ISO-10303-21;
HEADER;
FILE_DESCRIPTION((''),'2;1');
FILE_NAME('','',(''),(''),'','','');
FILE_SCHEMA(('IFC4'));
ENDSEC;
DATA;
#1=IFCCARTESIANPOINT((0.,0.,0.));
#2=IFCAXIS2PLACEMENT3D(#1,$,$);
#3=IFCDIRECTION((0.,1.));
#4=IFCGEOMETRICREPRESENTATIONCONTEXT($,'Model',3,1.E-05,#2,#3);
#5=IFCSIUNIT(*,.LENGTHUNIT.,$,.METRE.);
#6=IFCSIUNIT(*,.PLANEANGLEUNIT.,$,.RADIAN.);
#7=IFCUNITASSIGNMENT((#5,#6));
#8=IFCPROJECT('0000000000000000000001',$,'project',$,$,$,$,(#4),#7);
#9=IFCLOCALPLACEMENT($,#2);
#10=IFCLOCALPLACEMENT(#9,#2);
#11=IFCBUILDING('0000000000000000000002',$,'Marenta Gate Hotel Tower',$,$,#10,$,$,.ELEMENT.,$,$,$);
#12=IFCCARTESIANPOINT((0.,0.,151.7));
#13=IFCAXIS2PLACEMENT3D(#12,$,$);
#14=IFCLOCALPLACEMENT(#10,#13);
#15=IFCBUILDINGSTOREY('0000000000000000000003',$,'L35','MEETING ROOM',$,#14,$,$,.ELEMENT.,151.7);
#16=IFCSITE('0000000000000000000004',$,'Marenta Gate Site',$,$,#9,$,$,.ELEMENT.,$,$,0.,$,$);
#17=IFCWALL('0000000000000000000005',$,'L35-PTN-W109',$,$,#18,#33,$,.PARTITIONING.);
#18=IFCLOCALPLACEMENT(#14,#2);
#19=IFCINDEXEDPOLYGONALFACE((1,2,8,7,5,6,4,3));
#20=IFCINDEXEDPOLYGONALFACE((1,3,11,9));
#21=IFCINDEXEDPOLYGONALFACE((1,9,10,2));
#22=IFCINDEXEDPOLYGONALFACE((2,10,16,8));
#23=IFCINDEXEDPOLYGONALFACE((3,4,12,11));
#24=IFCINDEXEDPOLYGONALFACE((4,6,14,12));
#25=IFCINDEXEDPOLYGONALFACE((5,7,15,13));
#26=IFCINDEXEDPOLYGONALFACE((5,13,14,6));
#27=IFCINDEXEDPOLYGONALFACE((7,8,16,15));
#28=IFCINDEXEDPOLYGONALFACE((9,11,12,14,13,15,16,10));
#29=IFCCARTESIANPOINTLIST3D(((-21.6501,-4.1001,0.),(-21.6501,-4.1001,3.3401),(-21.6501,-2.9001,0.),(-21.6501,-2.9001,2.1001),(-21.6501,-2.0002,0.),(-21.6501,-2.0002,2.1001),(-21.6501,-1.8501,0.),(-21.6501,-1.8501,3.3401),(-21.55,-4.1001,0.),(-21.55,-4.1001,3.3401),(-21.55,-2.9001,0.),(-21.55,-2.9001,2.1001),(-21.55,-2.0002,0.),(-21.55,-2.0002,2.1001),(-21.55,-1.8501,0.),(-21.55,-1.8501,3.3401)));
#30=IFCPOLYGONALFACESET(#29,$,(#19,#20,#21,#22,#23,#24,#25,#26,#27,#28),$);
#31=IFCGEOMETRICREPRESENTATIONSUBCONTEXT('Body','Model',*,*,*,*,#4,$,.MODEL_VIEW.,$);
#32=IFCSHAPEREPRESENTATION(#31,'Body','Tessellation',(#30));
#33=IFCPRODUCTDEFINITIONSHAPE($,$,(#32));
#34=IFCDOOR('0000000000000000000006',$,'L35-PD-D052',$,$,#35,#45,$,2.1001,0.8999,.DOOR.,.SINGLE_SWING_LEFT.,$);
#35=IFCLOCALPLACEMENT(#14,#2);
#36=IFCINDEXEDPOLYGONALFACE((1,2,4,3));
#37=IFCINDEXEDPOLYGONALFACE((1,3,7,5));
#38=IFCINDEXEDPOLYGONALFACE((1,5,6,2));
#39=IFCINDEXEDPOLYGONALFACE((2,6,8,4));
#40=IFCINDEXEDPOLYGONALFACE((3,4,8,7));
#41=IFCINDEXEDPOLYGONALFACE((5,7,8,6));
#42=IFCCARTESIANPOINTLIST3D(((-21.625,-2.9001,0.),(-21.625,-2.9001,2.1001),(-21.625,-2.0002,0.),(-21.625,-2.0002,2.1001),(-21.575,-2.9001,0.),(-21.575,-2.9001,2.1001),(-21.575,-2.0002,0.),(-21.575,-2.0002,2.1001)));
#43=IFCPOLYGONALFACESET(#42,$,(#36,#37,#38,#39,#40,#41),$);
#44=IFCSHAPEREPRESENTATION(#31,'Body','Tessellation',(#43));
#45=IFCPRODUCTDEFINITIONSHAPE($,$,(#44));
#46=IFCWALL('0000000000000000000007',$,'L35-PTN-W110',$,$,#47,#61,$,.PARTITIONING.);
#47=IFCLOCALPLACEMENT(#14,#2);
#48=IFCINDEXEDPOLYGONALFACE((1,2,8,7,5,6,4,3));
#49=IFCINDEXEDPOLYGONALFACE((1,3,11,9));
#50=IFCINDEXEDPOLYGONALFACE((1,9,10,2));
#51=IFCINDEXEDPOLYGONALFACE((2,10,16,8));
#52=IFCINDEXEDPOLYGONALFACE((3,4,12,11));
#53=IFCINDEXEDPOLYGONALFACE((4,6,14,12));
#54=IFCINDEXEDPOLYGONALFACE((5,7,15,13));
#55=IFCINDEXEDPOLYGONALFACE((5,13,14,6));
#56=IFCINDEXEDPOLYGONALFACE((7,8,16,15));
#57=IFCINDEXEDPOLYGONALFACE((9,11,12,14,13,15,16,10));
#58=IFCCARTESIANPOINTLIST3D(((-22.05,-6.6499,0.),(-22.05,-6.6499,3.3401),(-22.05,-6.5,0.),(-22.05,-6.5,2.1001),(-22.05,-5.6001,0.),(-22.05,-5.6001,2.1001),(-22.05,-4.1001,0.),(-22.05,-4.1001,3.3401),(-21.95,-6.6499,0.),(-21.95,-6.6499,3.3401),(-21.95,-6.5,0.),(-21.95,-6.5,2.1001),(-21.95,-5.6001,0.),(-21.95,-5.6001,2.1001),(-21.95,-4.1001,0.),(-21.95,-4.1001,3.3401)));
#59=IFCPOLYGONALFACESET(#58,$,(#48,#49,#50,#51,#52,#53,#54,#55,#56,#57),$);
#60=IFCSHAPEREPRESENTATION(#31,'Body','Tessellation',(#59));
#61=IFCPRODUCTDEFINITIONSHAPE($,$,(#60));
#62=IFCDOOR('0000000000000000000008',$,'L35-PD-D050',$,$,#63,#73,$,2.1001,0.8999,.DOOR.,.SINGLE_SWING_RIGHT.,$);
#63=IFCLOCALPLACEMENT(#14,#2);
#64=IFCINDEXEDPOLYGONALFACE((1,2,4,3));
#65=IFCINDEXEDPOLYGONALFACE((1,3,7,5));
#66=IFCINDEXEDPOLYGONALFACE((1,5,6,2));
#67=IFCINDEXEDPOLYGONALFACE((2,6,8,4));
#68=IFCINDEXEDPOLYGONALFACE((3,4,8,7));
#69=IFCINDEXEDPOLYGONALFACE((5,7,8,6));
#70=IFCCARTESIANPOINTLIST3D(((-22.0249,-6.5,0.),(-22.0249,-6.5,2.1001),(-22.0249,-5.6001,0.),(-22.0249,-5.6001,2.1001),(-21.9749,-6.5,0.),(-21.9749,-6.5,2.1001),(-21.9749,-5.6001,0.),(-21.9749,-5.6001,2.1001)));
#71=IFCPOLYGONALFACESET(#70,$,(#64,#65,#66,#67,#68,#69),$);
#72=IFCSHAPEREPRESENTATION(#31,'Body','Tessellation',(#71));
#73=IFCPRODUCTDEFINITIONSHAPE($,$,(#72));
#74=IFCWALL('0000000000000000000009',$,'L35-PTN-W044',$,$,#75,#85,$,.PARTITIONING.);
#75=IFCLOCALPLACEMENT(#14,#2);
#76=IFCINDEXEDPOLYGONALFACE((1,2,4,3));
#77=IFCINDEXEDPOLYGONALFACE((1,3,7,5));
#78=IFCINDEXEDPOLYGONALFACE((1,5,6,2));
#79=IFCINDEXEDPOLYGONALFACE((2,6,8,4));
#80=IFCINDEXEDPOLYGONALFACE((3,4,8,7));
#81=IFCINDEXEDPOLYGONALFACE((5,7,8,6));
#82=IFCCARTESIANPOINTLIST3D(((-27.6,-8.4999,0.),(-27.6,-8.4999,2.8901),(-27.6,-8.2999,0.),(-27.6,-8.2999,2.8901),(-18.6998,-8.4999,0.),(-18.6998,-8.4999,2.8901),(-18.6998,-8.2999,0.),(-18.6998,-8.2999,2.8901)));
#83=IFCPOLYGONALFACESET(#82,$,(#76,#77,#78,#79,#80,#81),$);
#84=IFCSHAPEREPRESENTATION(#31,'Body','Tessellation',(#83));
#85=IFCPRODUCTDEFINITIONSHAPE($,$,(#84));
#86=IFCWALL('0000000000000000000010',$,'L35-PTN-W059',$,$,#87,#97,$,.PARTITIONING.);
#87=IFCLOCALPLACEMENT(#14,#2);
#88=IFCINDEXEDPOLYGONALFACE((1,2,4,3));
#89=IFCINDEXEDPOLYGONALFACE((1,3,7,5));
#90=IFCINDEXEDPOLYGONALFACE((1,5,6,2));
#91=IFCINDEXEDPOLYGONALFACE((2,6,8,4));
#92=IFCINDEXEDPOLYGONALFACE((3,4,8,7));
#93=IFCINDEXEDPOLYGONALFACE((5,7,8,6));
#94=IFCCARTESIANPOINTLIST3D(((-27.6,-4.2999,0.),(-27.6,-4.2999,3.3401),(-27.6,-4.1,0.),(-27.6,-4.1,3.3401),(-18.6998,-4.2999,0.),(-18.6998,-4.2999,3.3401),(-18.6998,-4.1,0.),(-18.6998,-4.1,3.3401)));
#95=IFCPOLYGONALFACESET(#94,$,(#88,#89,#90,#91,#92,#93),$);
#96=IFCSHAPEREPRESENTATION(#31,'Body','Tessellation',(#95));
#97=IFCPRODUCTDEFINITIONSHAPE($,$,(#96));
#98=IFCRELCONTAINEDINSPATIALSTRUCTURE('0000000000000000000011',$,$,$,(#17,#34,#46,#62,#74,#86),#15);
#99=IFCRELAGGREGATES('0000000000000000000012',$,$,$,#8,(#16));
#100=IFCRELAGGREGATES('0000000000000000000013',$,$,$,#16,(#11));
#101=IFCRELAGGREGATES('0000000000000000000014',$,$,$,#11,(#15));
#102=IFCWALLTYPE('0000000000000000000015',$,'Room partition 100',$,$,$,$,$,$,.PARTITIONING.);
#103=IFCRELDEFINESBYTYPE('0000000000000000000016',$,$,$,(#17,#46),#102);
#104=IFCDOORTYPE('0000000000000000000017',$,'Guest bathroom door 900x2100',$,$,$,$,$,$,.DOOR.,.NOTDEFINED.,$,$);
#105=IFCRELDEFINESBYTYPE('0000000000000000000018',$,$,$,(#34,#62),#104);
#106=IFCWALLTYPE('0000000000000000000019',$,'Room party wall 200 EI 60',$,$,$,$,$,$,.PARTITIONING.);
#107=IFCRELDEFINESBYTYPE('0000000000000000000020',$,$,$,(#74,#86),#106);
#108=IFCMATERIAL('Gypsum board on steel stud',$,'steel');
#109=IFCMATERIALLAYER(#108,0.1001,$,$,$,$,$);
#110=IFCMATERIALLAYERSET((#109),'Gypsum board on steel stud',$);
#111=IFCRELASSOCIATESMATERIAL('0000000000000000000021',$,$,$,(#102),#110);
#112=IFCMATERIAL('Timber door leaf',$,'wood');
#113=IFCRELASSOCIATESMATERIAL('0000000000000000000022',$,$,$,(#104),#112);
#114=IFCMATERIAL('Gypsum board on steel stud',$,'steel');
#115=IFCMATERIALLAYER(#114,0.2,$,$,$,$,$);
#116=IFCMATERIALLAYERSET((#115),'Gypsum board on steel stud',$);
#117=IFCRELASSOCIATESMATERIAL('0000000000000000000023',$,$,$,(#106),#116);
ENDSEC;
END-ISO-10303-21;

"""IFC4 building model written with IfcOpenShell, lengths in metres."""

from ifc_helpers import new_model, si_unit, direction, frame, frame_2d, origin, place, context, subcontext, project, spatial, rectangle, extrude, material, layer, layer_set, type_object, element, fill, save


model = new_model("IFC4")

# Units and contexts
model_context = context("Model", 3, precision=1e-05, world=origin(), true_north=direction((0.0, 1.0)))
body_context = subcontext(model_context, "Body", "Model", "MODEL_VIEW")
ifc_project = project(units=[si_unit("LENGTHUNIT", "METRE"), si_unit("PLANEANGLEUNIT", "RADIAN")], contexts=[model_context])

# Site, building, storey
site_placement = place(None, origin())
site = spatial("IfcSite", under=ifc_project, at=site_placement, Name="Marenta Gate Site", CompositionType="ELEMENT", RefElevation=0.0)
building_placement = place(site_placement, origin())
building = spatial("IfcBuilding", under=site, at=building_placement, Name="Marenta Gate Hotel Tower", CompositionType="ELEMENT")
storey_placement = place(building_placement, frame((0.0, 0.0, 151.7)))
storey = spatial("IfcBuildingStorey", under=building, at=storey_placement, Name="L35", Description="MEETING ROOM", CompositionType="ELEMENT", Elevation=151.7)

# Shared definitions
ifc_material_1 = material(Name="Gypsum board on steel stud", Category="steel")
ifc_layer_1 = layer(ifc_material_1, 0.1001)
ifc_layer_set_1 = layer_set([ifc_layer_1], Name="Gypsum board on steel stud")
wall_type_1 = type_object("IfcWallType", Name="Room partition 100", PredefinedType="PARTITIONING", material=ifc_layer_set_1)

# Walls, openings, doors
wall_1_placement = place(storey_placement, frame((-21.6001, -4.1001, 0.0), z_axis=(0.0, 0.0, 1.0), x_axis=(0.0, 1.0, 0.0)))
wall_1 = element("IfcWall", 1, at=wall_1_placement, inside=storey, type_object=wall_type_1, Name="L35-PTN-W109", PredefinedType="PARTITIONING", context=body_context, shape_type="SweptSolid", body=[
    extrude(rectangle(XDim=2.25, YDim=0.1001, at=frame_2d((1.125, 0.0))), origin(), (0.0, 0.0, 1.0), 3.3401),
])
opening_1_placement = place(wall_1_placement, frame((1.2, 0.0, 0.0)))
opening_1 = element("IfcOpeningElement", 2, at=opening_1_placement, cuts=wall_1, PredefinedType="OPENING", context=body_context, shape_type="SweptSolid", body=[
    extrude(rectangle(XDim=0.8999, YDim=2.1001, at=frame_2d((0.45, 1.05))), frame((0.0, 0.05, 0.0), z_axis=(0.0, -1.0, 0.0), x_axis=(1.0, 0.0, 0.0)), (0.0, 0.0, 1.0), 0.1001),
])
ifc_material_2 = material(Name="Timber door leaf", Category="wood")
door_type = type_object("IfcDoorType", Name="Guest bathroom door 900x2100", OperationType="NOTDEFINED", PredefinedType="DOOR", material=ifc_material_2)
door_1_placement = place(opening_1_placement, origin())
door_1 = element("IfcDoor", 3, at=door_1_placement, inside=storey, type_object=door_type, Name="L35-PD-D052", OperationType="SINGLE_SWING_LEFT", OverallHeight=2.1001, OverallWidth=0.8999, PredefinedType="DOOR", context=body_context, shape_type="SweptSolid", body=[
    extrude(rectangle(XDim=0.8999, YDim=2.1001, at=frame_2d((0.45, 1.05))), frame((0.0, 0.0249, 0.0), z_axis=(0.0, -1.0, 0.0), x_axis=(1.0, 0.0, 0.0)), (0.0, 0.0, 1.0), 0.05),
])
fill(opening_1, door_1)
wall_2_placement = place(storey_placement, frame((-22.0, -6.6499, 0.0), z_axis=(0.0, 0.0, 1.0), x_axis=(0.0, 1.0, 0.0)))
wall_2 = element("IfcWall", 4, at=wall_2_placement, inside=storey, type_object=wall_type_1, Name="L35-PTN-W110", PredefinedType="PARTITIONING", context=body_context, shape_type="SweptSolid", body=[
    extrude(rectangle(XDim=2.5498, YDim=0.1001, at=frame_2d((1.2749, 0.0))), origin(), (0.0, 0.0, 1.0), 3.3401),
])
opening_2_placement = place(wall_2_placement, frame((0.1499, 0.0, 0.0)))
opening_2 = element("IfcOpeningElement", 5, at=opening_2_placement, cuts=wall_2, PredefinedType="OPENING", context=body_context, shape_type="SweptSolid", body=[
    extrude(rectangle(XDim=0.8999, YDim=2.1001, at=frame_2d((0.45, 1.05))), frame((0.0, 0.05, 0.0), z_axis=(0.0, -1.0, 0.0), x_axis=(1.0, 0.0, 0.0)), (0.0, 0.0, 1.0), 0.1001),
])
door_2_placement = place(opening_2_placement, origin())
door_2 = element("IfcDoor", 6, at=door_2_placement, inside=storey, type_object=door_type, Name="L35-PD-D050", OperationType="SINGLE_SWING_RIGHT", OverallHeight=2.1001, OverallWidth=0.8999, PredefinedType="DOOR", context=body_context, shape_type="SweptSolid", body=[
    extrude(rectangle(XDim=0.8999, YDim=2.1001, at=frame_2d((0.45, 1.05))), frame((0.0, 0.0249, 0.0), z_axis=(0.0, -1.0, 0.0), x_axis=(1.0, 0.0, 0.0)), (0.0, 0.0, 1.0), 0.05),
])
fill(opening_2, door_2)

# Walls
ifc_material_3 = material(Name="Gypsum board on steel stud", Category="steel")
ifc_layer_2 = layer(ifc_material_3, 0.2)
ifc_layer_set_2 = layer_set([ifc_layer_2], Name="Gypsum board on steel stud")
wall_type_2 = type_object("IfcWallType", Name="Room party wall 200 EI 60", PredefinedType="PARTITIONING", material=ifc_layer_set_2)
wall_3_placement = place(storey_placement, frame((-27.6001, -8.3999, 0.0), z_axis=(0.0, 0.0, 1.0), x_axis=(1.0, 0.0, 0.0)))
element("IfcWall", 7, at=wall_3_placement, inside=storey, type_object=wall_type_2, Name="L35-PTN-W044", PredefinedType="PARTITIONING", context=body_context, shape_type="SweptSolid", body=[
    extrude(rectangle(XDim=8.9001, YDim=0.2, at=frame_2d((4.4502, 0.0))), origin(), (0.0, 0.0, 1.0), 2.8901),
])
wall_4_placement = place(storey_placement, frame((-27.6001, -4.2, 0.0), z_axis=(0.0, 0.0, 1.0), x_axis=(1.0, 0.0, 0.0)))
element("IfcWall", 8, at=wall_4_placement, inside=storey, type_object=wall_type_2, Name="L35-PTN-W059", PredefinedType="PARTITIONING", context=body_context, shape_type="SweptSolid", body=[
    extrude(rectangle(XDim=8.9001, YDim=0.2, at=frame_2d((4.4502, 0.0))), origin(), (0.0, 0.0, 1.0), 3.3401),
])

save(model, "model.ifc")
